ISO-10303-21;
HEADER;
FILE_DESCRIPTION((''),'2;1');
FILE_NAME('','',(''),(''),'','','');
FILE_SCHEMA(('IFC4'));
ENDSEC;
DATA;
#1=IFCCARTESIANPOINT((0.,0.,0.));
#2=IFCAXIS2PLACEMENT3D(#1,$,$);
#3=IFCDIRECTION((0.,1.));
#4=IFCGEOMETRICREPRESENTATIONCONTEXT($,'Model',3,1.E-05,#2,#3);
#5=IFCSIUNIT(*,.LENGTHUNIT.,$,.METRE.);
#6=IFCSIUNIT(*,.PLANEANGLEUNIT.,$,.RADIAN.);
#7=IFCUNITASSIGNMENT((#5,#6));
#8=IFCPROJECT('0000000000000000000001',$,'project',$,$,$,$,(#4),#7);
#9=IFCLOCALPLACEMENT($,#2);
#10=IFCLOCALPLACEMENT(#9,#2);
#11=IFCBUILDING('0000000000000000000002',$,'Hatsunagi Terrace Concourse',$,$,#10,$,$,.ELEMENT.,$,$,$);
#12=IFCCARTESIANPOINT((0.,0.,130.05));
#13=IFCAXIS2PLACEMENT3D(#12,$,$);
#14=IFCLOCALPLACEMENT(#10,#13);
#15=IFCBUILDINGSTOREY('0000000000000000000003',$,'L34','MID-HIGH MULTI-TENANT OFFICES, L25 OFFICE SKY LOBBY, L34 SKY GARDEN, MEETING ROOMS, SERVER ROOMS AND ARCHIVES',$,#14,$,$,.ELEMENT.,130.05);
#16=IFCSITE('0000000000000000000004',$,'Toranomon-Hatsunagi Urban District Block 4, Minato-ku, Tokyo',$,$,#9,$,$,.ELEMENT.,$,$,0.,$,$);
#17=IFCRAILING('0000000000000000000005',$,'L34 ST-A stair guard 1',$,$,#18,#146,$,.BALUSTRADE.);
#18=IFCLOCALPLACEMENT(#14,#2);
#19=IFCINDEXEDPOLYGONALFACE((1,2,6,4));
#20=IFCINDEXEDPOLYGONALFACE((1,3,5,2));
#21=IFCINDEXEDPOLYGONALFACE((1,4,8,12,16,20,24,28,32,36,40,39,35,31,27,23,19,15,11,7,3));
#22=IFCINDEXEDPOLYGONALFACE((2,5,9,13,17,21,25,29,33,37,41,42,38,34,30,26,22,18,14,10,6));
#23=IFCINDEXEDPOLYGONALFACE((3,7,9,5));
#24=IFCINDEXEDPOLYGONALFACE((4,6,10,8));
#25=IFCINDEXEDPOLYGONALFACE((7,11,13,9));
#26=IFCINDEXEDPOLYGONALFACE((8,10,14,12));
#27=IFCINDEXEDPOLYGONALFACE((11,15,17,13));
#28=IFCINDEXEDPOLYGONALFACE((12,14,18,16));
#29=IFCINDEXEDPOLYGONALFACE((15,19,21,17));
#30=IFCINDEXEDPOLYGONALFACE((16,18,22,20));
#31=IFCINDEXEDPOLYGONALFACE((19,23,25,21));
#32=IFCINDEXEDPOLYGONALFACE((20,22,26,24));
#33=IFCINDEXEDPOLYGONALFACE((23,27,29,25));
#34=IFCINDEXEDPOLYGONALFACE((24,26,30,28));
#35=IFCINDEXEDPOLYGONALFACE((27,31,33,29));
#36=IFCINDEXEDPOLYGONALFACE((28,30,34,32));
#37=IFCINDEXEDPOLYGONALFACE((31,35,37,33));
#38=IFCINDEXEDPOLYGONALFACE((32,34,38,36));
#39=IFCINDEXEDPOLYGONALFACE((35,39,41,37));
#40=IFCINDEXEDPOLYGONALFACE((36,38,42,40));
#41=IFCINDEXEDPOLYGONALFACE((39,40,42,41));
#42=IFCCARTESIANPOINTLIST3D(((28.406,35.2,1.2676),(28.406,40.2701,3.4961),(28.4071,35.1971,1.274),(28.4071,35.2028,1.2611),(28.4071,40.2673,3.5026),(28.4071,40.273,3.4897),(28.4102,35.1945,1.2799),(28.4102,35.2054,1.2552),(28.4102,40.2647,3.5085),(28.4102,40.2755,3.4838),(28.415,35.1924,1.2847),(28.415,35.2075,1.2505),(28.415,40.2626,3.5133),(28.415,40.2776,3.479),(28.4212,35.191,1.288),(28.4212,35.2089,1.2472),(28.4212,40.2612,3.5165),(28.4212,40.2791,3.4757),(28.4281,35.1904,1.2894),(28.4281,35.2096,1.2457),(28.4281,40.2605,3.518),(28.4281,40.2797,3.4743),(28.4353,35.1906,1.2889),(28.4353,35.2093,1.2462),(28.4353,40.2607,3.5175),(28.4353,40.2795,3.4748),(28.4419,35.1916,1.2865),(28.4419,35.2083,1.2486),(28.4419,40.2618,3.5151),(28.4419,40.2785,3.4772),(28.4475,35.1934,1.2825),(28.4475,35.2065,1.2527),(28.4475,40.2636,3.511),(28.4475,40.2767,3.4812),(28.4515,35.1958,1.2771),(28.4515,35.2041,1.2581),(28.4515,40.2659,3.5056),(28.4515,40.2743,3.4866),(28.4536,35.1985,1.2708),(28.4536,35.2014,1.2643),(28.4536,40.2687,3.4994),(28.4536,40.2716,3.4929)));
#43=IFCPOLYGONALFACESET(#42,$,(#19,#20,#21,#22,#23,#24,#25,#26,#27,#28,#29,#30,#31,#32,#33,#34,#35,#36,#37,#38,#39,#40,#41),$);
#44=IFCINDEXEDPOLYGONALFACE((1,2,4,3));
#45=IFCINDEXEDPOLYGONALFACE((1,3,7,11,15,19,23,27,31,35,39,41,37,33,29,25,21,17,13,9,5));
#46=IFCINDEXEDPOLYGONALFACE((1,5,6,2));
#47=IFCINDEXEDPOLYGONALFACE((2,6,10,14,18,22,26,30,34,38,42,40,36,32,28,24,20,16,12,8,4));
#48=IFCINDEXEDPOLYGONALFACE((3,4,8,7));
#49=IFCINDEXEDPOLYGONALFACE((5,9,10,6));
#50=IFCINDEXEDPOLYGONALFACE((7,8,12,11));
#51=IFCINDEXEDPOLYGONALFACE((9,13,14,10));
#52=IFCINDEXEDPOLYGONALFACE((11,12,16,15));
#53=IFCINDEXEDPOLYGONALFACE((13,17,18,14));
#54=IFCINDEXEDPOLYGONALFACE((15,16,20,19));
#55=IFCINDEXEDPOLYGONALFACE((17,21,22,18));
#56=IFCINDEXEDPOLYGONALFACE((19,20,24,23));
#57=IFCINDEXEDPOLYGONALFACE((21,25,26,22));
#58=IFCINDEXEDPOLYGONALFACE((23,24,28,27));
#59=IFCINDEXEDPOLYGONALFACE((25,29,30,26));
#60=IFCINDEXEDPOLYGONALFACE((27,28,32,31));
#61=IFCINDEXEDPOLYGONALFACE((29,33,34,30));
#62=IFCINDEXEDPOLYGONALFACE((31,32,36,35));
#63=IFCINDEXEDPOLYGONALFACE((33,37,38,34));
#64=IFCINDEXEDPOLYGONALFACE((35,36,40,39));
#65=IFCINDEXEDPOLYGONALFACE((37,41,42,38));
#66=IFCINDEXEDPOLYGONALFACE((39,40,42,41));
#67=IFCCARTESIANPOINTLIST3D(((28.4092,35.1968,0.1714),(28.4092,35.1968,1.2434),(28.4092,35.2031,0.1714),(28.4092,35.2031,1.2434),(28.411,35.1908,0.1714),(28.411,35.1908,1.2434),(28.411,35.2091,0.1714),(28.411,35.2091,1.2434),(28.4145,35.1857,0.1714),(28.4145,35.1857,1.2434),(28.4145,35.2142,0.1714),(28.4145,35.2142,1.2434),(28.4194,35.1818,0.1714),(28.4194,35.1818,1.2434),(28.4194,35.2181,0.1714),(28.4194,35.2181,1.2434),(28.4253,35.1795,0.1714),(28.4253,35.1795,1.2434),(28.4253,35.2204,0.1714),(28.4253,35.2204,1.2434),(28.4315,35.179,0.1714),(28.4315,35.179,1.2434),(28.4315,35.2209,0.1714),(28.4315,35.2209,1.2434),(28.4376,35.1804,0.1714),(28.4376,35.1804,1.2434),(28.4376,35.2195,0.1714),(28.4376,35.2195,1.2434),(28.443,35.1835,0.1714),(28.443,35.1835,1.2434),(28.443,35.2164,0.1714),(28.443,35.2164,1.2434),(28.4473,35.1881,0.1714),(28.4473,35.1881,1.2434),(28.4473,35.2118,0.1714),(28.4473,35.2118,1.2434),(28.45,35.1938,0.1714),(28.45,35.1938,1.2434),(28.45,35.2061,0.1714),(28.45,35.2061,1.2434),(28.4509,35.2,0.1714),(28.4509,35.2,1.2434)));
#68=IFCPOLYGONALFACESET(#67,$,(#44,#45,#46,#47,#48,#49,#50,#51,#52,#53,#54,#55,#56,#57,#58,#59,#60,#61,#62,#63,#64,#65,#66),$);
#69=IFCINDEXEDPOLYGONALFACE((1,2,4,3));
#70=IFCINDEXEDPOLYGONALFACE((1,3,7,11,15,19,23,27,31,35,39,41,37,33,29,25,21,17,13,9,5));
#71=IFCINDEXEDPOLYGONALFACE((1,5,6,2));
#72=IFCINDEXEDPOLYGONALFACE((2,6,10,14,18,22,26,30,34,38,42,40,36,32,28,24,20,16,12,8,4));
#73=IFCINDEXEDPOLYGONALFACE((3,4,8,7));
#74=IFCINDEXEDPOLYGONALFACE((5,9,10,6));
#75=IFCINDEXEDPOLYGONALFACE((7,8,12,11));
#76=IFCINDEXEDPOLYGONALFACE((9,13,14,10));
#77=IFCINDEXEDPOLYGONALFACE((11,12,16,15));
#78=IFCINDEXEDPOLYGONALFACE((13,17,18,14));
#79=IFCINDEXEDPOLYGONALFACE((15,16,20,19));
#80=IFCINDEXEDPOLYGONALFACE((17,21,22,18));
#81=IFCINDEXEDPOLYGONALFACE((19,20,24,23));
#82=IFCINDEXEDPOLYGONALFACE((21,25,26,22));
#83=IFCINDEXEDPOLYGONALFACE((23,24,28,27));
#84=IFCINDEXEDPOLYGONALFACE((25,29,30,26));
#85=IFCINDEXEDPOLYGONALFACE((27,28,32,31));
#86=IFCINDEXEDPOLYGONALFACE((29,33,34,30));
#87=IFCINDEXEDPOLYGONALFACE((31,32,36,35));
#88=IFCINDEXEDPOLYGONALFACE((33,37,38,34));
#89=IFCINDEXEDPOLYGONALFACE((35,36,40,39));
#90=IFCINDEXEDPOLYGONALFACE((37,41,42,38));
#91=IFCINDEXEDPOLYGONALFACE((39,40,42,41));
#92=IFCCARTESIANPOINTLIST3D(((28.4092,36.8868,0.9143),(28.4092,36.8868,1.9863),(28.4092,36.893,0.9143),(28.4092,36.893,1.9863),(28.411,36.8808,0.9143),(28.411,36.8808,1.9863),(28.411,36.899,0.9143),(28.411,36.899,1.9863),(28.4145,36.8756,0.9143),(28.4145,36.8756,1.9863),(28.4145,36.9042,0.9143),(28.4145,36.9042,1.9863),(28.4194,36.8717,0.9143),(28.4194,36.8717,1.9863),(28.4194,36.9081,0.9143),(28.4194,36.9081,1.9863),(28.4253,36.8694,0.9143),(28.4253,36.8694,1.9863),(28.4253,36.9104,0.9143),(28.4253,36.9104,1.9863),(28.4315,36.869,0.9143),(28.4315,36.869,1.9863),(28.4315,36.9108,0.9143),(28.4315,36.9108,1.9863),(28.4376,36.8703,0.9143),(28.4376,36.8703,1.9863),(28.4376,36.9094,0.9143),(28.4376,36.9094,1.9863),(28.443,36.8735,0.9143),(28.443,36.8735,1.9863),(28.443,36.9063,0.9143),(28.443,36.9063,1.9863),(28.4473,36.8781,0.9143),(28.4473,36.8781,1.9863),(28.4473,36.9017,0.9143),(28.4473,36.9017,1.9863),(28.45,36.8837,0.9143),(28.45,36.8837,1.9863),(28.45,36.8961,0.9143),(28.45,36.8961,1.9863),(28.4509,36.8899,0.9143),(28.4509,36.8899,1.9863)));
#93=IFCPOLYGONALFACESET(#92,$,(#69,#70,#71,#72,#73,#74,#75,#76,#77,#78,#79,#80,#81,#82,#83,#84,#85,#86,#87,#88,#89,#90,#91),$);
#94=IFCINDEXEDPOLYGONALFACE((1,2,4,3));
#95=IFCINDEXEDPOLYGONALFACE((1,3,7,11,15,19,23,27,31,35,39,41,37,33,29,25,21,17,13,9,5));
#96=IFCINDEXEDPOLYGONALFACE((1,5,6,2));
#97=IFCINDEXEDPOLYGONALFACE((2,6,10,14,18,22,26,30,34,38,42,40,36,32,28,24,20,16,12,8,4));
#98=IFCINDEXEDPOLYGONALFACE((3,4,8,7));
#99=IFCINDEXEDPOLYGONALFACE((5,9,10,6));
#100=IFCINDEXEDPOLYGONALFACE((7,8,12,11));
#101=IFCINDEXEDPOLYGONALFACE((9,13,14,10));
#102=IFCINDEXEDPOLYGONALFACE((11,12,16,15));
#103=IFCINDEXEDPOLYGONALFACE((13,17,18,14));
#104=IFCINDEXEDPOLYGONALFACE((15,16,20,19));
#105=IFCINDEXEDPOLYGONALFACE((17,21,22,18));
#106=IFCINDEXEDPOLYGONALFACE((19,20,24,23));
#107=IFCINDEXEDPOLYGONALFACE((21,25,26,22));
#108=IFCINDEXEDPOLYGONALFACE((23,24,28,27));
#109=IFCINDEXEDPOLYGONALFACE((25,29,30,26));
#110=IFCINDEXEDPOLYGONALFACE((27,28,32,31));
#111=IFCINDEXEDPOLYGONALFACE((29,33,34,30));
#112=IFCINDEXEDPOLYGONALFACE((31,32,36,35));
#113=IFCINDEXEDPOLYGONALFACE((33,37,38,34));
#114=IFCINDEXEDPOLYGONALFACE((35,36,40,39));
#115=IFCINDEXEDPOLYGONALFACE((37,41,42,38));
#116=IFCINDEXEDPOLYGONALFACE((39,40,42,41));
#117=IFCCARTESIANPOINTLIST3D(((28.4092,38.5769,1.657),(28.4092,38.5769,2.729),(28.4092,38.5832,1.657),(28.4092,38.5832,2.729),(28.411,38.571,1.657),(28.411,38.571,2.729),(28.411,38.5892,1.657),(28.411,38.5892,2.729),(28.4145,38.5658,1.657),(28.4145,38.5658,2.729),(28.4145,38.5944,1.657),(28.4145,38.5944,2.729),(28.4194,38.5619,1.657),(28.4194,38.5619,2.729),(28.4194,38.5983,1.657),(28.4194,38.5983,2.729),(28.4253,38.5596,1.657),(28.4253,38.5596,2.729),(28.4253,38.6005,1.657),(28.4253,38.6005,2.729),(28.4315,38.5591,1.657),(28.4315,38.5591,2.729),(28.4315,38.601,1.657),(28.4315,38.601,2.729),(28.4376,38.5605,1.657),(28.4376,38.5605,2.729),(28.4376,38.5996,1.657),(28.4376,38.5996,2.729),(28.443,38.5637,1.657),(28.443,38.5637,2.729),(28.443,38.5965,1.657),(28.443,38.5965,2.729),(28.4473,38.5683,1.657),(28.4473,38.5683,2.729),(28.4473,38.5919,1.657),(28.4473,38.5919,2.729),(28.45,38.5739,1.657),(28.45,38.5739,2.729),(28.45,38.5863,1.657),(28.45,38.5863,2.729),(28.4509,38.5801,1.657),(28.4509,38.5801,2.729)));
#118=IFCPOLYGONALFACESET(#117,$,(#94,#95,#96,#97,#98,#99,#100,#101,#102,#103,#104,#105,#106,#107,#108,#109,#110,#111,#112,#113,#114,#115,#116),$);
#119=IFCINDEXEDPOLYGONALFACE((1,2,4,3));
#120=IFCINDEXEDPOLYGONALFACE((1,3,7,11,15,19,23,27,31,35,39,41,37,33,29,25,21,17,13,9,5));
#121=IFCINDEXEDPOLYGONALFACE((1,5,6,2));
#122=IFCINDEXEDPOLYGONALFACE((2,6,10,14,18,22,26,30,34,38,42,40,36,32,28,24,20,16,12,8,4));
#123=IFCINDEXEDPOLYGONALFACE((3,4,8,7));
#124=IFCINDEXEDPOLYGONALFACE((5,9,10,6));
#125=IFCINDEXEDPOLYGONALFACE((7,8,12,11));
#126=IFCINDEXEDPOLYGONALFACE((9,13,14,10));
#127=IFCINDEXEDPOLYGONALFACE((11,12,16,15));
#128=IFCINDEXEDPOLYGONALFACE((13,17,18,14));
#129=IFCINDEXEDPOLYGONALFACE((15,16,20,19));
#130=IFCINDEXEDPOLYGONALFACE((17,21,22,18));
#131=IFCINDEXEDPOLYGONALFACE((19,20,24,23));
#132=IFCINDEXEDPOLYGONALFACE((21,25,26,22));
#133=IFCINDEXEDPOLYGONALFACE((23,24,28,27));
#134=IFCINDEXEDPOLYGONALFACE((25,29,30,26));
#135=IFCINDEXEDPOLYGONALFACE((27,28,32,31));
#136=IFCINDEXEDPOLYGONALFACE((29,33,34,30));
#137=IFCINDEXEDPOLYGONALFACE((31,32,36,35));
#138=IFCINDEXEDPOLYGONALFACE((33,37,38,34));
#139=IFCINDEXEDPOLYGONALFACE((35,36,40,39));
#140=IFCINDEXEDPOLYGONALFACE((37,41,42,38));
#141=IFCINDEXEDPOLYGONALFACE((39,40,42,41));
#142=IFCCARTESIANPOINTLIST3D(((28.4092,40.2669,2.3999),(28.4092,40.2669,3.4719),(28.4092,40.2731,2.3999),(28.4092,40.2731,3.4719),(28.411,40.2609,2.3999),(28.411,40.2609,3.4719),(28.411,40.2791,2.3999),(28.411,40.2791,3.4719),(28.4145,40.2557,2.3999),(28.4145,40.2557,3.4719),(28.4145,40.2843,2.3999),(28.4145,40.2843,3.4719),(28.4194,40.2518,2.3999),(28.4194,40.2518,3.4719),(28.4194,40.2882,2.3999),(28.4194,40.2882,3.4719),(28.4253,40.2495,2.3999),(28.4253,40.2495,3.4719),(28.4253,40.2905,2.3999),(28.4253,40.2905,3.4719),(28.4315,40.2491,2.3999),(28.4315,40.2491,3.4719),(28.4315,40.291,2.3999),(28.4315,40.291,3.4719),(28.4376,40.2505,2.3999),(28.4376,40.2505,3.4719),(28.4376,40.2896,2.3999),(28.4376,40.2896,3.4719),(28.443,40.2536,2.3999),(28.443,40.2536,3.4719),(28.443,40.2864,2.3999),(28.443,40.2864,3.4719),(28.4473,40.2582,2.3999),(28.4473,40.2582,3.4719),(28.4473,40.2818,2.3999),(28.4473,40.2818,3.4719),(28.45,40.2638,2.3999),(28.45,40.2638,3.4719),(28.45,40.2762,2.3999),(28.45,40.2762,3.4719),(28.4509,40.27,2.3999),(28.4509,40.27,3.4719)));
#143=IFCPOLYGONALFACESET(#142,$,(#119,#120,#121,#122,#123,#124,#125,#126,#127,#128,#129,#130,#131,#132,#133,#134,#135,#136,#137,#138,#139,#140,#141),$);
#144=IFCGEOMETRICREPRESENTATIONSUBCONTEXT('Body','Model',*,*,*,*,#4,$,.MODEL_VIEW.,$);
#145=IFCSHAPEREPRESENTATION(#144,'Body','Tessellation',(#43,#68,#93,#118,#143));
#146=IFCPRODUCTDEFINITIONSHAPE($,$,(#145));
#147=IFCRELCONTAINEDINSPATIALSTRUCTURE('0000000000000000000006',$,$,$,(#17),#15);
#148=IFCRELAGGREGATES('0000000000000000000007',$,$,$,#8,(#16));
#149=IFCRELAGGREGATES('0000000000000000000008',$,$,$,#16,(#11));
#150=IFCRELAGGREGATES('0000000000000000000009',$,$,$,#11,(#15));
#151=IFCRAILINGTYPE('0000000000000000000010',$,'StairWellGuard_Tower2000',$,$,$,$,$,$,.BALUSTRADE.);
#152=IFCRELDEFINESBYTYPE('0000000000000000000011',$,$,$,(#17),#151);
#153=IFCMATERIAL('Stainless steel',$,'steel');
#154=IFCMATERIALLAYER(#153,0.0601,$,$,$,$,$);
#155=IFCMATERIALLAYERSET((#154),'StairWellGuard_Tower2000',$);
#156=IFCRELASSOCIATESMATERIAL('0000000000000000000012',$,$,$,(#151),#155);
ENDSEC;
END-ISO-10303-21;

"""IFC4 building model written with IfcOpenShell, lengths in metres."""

from ifc_helpers import new_model, si_unit, direction, frame, origin, origin_2d, place, context, subcontext, project, spatial, circle, extrude, material, layer, layer_set, type_object, element, save


model = new_model("IFC4")

# Units and contexts
model_context = context("Model", 3, precision=1e-05, world=origin(), true_north=direction((0.0, 1.0)))
body_context = subcontext(model_context, "Body", "Model", "MODEL_VIEW")
ifc_project = project(units=[si_unit("LENGTHUNIT", "METRE"), si_unit("PLANEANGLEUNIT", "RADIAN")], contexts=[model_context])

# Site, building, storey
site_placement = place(None, origin())
site = spatial("IfcSite", under=ifc_project, at=site_placement, Name="Toranomon-Hatsunagi Urban District Block 4, Minato-ku, Tokyo", CompositionType="ELEMENT", RefElevation=0.0)
building_placement = place(site_placement, origin())
building = spatial("IfcBuilding", under=site, at=building_placement, Name="Hatsunagi Terrace Concourse", CompositionType="ELEMENT")
storey_placement = place(building_placement, frame((0.0, 0.0, 130.05)))
storey = spatial("IfcBuildingStorey", under=building, at=storey_placement, Name="L34", Description="MID-HIGH MULTI-TENANT OFFICES, L25 OFFICE SKY LOBBY, L34 SKY GARDEN, MEETING ROOMS, SERVER ROOMS AND ARCHIVES", CompositionType="ELEMENT", Elevation=130.05)

# Railing
ifc_material_1 = material(Name="Stainless steel", Category="steel")
ifc_layer_1 = layer(ifc_material_1, 0.0601)
ifc_layer_set_1 = layer_set([ifc_layer_1], Name="StairWellGuard_Tower2000")
railing_type_1 = type_object("IfcRailingType", Name="StairWellGuard_Tower2000", PredefinedType="BALUSTRADE", material=ifc_layer_set_1)
railing_1_placement = place(storey_placement, frame((28.4299, 35.2, 0.1714)))
element("IfcRailing", 1, at=railing_1_placement, inside=storey, type_object=railing_type_1, Name="L34 ST-A stair guard 1", PredefinedType="BALUSTRADE", context=body_context, shape_type="SweptSolid", body=[
    extrude(circle(Radius=0.0239, at=origin_2d()), frame((0.0, 0.0, 1.0962), z_axis=(0.0, 0.915469, 0.402388), x_axis=(-1.0, 0.0, 0.0)), (0.0, 0.0, 1.0), 5.5383),
    extrude(circle(Radius=0.021, at=origin_2d()), origin(), (0.0, 0.0, 1.0), 1.072),
    extrude(circle(Radius=0.021, at=origin_2d()), frame((0.0, 1.6899, 0.7429)), (0.0, 0.0, 1.0), 1.072),
    extrude(circle(Radius=0.021, at=origin_2d()), frame((0.0, 3.3801, 1.4856)), (0.0, 0.0, 1.0), 1.072),
    extrude(circle(Radius=0.021, at=origin_2d()), frame((0.0, 5.0701, 2.2285)), (0.0, 0.0, 1.0), 1.072),
])

save(model, "model.ifc")
